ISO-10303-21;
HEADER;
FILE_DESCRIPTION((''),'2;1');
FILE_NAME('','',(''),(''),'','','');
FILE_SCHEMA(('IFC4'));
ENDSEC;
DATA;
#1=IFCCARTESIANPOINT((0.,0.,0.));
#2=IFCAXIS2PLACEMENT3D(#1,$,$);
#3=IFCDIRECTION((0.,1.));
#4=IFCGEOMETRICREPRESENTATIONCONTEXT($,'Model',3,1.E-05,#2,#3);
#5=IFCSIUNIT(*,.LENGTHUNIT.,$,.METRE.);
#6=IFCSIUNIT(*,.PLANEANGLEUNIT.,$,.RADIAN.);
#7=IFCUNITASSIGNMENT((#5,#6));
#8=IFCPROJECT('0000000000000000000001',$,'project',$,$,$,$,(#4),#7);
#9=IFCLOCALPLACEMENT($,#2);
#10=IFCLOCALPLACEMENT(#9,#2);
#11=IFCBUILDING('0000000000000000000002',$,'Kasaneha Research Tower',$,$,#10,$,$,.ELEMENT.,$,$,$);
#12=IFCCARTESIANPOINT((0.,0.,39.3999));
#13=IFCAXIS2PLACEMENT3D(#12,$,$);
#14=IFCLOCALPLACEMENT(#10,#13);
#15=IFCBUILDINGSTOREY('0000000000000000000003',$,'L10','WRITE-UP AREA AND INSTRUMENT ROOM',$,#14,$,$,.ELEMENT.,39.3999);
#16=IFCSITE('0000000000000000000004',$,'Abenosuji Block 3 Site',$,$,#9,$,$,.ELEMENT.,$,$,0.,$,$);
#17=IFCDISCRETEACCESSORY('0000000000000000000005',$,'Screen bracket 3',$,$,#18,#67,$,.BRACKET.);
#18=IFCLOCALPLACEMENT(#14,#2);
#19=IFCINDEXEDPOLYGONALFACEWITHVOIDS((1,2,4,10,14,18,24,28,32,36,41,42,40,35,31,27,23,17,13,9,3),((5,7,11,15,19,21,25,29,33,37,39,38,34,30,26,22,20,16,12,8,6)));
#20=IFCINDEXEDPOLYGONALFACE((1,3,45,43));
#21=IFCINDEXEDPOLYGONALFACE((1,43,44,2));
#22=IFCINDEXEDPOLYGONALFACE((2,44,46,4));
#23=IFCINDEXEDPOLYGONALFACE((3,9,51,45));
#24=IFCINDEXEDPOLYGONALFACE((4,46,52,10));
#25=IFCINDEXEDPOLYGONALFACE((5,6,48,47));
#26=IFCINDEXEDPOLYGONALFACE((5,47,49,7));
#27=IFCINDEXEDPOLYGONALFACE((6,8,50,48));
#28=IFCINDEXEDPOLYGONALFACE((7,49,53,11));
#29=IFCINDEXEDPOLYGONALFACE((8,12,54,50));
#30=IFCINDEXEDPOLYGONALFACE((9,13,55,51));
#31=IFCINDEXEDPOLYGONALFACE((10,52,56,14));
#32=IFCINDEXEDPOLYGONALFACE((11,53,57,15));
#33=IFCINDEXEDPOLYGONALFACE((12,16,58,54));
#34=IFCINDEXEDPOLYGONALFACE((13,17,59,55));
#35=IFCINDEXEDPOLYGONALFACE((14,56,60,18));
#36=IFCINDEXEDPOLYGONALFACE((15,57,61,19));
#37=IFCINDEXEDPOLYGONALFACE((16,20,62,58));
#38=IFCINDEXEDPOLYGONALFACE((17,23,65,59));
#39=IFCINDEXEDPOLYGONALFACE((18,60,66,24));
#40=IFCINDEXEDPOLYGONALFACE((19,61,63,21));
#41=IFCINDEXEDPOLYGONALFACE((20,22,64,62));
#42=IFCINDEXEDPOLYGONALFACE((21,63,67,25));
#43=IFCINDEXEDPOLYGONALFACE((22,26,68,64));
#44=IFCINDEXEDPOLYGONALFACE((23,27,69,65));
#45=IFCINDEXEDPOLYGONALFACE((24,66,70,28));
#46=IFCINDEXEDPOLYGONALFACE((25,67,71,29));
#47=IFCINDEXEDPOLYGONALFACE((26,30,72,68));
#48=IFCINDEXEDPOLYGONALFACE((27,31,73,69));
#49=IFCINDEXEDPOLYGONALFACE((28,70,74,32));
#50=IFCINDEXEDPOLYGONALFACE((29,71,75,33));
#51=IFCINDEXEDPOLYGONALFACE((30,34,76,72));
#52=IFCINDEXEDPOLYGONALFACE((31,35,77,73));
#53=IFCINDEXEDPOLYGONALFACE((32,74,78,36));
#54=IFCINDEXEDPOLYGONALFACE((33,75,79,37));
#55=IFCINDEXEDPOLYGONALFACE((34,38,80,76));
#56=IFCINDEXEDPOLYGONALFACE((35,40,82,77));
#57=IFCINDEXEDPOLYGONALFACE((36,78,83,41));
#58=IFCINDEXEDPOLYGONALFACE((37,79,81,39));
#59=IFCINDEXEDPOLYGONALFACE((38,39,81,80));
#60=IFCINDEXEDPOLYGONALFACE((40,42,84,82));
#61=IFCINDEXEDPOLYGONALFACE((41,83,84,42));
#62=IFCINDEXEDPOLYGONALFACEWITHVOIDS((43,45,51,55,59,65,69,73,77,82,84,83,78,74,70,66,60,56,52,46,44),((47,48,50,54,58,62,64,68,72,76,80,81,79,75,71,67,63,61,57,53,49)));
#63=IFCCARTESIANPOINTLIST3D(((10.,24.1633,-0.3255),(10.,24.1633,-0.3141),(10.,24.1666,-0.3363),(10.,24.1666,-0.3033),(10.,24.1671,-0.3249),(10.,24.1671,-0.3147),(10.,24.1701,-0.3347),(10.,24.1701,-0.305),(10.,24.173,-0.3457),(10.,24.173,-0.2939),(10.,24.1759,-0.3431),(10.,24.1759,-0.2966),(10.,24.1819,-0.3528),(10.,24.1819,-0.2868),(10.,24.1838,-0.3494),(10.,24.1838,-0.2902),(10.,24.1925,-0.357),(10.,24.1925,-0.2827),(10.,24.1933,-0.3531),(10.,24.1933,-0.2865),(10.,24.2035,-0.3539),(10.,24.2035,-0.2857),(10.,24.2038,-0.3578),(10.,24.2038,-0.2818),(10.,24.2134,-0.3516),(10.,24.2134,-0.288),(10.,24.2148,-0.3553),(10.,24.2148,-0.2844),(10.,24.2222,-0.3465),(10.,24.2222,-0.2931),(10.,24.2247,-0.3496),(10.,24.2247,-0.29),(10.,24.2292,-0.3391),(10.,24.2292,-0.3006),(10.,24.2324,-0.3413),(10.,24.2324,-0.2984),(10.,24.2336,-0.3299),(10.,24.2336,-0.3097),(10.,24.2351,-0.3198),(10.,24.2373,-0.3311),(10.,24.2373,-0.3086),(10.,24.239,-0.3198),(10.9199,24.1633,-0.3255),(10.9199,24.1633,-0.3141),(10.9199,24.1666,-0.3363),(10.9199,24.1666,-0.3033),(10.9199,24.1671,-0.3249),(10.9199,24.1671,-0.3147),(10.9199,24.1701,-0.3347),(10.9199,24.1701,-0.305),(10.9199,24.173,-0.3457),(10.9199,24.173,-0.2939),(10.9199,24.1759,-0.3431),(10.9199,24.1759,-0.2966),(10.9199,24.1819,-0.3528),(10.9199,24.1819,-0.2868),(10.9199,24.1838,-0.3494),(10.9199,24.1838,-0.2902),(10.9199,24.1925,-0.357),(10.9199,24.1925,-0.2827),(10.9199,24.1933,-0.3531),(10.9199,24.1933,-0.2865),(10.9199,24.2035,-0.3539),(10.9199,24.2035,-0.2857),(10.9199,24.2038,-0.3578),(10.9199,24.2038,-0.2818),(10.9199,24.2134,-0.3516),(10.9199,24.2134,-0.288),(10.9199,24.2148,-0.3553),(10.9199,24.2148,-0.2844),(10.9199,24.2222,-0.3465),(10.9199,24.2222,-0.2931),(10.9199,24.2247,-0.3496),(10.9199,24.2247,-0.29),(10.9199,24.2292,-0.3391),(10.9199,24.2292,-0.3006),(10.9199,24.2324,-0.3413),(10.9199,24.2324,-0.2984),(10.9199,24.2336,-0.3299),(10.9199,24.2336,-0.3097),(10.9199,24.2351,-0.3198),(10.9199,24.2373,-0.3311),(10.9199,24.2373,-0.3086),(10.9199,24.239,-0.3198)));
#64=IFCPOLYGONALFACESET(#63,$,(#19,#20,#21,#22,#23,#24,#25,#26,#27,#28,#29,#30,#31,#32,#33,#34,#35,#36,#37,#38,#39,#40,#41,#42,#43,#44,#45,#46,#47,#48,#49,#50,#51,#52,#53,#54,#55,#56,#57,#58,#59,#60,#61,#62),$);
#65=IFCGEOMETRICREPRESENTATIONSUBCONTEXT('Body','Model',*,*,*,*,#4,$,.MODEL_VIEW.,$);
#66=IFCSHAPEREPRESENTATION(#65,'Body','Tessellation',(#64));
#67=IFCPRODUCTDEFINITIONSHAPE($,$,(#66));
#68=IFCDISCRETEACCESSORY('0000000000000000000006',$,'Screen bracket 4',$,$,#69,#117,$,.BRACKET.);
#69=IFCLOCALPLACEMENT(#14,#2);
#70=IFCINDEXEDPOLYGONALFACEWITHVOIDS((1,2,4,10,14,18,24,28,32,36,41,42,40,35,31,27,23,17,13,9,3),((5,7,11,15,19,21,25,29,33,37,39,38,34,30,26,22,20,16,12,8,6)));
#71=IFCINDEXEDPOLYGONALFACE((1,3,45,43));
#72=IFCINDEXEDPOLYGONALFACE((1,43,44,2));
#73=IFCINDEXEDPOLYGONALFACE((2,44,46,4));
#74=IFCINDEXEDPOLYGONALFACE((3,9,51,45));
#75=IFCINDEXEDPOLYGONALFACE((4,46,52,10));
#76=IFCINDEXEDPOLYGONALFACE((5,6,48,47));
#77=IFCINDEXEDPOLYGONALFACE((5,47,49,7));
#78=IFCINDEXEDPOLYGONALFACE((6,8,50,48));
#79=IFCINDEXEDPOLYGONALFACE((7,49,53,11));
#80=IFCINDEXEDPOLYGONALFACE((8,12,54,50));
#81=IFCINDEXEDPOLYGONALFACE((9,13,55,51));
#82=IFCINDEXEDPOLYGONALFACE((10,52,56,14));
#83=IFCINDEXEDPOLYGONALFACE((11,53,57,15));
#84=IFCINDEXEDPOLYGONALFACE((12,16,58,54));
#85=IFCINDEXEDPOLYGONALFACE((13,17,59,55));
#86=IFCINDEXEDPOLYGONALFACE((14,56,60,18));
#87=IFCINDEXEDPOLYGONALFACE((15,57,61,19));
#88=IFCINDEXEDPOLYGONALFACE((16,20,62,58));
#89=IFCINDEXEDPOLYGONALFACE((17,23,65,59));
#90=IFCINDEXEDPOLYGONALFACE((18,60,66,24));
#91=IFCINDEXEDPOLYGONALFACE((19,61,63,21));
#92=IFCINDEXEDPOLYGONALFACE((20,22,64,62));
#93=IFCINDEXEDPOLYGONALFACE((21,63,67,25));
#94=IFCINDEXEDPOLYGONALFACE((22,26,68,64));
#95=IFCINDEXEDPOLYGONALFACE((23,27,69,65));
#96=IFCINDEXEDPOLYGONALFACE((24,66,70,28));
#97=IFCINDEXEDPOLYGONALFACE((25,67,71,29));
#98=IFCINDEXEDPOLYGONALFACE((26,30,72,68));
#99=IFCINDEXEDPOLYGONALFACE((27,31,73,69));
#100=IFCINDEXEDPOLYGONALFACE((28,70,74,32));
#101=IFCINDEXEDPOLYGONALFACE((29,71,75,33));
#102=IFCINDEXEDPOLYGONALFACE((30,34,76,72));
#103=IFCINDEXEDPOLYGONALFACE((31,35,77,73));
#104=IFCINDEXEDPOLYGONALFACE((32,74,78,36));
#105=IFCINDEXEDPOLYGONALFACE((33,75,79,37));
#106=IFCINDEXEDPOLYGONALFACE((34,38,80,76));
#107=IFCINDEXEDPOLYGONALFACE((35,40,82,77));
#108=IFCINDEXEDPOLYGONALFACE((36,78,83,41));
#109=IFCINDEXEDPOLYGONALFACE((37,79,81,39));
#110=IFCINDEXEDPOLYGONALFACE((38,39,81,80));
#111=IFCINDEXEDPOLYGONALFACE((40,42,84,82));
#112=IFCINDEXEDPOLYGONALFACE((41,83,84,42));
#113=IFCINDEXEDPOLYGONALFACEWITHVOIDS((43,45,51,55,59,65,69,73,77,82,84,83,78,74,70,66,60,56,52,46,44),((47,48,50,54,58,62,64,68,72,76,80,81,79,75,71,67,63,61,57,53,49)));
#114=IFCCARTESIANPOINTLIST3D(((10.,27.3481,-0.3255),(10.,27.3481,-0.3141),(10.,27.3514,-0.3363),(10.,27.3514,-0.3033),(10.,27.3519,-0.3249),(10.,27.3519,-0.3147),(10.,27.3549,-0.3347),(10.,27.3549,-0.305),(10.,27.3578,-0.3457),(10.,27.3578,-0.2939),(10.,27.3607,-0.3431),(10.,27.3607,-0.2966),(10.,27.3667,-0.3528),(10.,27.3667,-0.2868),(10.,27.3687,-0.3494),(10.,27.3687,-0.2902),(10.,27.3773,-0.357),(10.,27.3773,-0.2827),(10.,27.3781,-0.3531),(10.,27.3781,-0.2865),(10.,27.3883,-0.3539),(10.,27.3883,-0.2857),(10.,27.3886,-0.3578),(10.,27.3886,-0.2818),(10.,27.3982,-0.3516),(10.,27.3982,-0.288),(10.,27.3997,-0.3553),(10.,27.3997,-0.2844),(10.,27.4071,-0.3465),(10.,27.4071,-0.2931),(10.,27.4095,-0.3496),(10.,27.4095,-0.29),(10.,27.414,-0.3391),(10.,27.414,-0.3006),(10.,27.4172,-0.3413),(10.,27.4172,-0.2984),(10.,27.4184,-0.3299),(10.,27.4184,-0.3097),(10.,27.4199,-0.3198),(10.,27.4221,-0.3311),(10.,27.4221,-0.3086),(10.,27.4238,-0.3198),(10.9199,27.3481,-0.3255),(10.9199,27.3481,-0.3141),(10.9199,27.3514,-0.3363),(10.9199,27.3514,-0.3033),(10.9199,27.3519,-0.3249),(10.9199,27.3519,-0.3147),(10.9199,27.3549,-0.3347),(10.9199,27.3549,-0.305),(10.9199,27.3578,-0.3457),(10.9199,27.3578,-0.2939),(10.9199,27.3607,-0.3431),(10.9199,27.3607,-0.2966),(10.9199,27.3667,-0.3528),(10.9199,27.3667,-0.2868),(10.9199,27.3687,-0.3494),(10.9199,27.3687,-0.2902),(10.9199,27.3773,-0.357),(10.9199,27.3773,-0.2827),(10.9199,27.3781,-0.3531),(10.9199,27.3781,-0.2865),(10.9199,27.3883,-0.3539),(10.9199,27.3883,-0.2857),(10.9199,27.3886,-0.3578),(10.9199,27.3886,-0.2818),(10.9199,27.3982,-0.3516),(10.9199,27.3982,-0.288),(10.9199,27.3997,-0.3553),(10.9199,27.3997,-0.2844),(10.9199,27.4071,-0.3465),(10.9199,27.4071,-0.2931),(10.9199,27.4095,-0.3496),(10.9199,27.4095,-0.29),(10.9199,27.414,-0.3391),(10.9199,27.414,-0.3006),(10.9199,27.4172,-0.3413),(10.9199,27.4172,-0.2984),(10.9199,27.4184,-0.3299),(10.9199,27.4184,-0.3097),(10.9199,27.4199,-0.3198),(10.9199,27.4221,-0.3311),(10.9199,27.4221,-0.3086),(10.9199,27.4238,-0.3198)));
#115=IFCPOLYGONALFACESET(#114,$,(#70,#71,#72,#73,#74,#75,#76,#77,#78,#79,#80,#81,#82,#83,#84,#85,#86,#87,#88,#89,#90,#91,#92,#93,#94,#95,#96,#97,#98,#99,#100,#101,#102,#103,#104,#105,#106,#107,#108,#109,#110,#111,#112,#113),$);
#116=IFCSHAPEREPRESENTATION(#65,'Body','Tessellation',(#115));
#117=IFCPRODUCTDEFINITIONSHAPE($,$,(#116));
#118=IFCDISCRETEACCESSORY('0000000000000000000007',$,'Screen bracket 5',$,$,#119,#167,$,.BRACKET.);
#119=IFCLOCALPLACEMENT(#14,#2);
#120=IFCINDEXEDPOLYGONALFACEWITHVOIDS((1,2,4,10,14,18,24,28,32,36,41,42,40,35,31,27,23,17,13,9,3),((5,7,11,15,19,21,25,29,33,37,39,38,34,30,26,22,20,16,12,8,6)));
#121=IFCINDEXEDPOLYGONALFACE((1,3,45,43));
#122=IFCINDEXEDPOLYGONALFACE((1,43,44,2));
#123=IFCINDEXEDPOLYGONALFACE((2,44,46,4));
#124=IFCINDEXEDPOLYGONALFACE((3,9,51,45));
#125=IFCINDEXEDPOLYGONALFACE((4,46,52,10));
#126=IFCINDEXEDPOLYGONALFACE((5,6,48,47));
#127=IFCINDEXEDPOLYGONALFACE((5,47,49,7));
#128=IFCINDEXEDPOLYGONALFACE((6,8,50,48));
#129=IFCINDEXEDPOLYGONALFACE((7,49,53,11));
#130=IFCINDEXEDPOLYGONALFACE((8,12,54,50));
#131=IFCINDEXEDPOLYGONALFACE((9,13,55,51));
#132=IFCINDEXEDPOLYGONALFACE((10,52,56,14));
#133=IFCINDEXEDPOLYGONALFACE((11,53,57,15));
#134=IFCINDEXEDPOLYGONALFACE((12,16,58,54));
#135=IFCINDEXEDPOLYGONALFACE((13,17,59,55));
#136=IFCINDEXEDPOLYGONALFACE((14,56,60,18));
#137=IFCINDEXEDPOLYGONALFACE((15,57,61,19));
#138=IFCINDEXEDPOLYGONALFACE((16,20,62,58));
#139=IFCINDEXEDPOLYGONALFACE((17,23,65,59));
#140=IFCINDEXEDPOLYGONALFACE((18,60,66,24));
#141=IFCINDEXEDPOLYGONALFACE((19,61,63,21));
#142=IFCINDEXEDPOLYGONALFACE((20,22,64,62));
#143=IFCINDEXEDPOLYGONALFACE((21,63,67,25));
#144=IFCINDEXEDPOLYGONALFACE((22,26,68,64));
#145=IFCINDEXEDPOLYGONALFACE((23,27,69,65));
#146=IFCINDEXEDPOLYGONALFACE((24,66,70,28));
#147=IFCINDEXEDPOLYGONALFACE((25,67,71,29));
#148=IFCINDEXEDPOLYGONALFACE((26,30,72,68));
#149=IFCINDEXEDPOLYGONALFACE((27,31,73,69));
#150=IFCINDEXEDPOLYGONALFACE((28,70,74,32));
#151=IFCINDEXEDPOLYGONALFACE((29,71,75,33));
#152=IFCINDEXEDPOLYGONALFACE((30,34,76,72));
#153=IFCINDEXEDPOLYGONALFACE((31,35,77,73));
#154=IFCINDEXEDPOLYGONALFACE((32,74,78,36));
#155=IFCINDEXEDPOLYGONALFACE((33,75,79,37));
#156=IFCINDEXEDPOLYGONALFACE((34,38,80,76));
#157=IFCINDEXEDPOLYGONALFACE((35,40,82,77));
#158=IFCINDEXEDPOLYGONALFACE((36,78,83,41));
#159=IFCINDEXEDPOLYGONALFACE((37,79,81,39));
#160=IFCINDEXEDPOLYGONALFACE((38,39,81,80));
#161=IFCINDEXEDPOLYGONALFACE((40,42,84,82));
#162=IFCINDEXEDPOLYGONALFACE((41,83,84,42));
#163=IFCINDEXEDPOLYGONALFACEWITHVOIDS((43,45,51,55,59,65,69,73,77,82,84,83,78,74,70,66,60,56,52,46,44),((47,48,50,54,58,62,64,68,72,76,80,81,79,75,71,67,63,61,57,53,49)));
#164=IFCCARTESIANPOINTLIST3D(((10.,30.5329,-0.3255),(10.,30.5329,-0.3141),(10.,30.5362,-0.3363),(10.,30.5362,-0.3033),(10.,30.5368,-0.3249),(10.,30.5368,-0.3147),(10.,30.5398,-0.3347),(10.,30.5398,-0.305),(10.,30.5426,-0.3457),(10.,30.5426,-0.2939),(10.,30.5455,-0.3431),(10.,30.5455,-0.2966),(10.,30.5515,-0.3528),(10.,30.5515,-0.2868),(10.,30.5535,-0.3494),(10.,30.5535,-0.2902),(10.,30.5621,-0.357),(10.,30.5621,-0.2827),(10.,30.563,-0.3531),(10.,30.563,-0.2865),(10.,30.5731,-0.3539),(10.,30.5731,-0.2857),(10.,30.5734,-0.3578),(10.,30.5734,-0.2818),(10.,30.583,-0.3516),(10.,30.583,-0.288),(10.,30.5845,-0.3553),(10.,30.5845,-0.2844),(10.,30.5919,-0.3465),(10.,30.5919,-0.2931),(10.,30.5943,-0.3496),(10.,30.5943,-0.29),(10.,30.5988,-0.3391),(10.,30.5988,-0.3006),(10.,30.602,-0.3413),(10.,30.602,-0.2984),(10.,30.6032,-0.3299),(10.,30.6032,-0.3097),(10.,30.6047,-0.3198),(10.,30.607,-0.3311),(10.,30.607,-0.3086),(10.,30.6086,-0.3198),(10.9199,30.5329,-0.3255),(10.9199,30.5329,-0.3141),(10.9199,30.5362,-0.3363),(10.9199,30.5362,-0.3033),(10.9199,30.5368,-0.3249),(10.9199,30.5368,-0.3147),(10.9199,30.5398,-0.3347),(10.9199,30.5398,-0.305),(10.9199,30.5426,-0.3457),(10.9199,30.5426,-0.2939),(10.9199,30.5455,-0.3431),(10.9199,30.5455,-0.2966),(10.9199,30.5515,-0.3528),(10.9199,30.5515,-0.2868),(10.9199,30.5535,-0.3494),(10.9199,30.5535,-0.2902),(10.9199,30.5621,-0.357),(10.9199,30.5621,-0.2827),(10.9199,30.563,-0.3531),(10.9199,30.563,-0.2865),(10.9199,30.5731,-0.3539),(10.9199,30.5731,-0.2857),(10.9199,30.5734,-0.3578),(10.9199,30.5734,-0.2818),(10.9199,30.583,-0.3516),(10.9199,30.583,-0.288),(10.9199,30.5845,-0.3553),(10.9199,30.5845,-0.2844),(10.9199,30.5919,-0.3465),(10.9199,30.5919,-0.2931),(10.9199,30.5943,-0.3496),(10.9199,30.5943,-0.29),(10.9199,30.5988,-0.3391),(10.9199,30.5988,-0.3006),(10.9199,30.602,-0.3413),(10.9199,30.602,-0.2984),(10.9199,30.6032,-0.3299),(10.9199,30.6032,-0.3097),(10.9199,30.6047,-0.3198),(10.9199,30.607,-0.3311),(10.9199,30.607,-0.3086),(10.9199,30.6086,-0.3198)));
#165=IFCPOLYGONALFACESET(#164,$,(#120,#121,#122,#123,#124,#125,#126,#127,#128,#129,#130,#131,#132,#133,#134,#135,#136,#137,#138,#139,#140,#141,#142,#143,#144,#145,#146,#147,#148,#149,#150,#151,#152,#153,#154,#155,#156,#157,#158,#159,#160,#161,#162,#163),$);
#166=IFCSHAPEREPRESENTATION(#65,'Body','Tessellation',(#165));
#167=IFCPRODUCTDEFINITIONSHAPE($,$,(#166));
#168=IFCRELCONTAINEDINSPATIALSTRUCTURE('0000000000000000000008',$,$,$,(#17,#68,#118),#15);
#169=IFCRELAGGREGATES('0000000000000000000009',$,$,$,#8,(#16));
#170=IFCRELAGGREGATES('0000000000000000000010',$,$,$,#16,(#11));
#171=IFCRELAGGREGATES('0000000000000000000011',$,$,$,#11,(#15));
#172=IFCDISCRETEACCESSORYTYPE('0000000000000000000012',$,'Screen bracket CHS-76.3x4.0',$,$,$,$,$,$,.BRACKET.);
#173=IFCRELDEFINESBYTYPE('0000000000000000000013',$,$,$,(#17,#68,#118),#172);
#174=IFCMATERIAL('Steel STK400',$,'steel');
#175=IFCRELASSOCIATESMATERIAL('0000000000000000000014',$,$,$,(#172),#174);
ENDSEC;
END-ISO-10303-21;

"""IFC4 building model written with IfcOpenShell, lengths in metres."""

from ifc_helpers import new_model, si_unit, direction, frame, origin, origin_2d, place, context, subcontext, project, spatial, hollow_circle, extrude, material, material_profile, profile_set, type_object, element, save


model = new_model("IFC4")

# Units and contexts
model_context = context("Model", 3, precision=1e-05, world=origin(), true_north=direction((0.0, 1.0)))
body_context = subcontext(model_context, "Body", "Model", "MODEL_VIEW")
ifc_project = project(units=[si_unit("LENGTHUNIT", "METRE"), si_unit("PLANEANGLEUNIT", "RADIAN")], contexts=[model_context])

# Site, building, storey
site_placement = place(None, origin())
site = spatial("IfcSite", under=ifc_project, at=site_placement, Name="Abenosuji Block 3 Site", CompositionType="ELEMENT", RefElevation=0.0)
building_placement = place(site_placement, origin())
building = spatial("IfcBuilding", under=site, at=building_placement, Name="Kasaneha Research Tower", CompositionType="ELEMENT")
storey_placement = place(building_placement, frame((0.0, 0.0, 39.3999)))
storey = spatial("IfcBuildingStorey", under=building, at=storey_placement, Name="L10", Description="WRITE-UP AREA AND INSTRUMENT ROOM", CompositionType="ELEMENT", Elevation=39.3999)

# Discrete accessories
ifc_material_1 = material(Name="Steel STK400", Category="steel")
ifc_material_profile_1 = material_profile(ifc_material_1, hollow_circle(Radius=0.0381, WallThickness=0.0039, at=origin_2d()), Name="CHS-76.3x4.0")
ifc_profile_set_1 = profile_set([ifc_material_profile_1], Name="Steel STK400")
discrete_accessory_type = type_object("IfcDiscreteAccessoryType", Name="Screen bracket CHS-76.3x4.0", PredefinedType="BRACKET", material=ifc_profile_set_1)
for number, where, z_axis, x_axis, name in (
    (1, (10.0, 24.2009, -0.3198), (1.0, 0.0, 0.0), (0.0, 1.0, 0.0), "Screen bracket 3"),
    (2, (10.0, 27.3857, -0.3198), (1.0, 0.0, 0.0), (0.0, 1.0, 0.0), "Screen bracket 4"),
    (3, (10.0, 30.5706, -0.3198), (1.0, 0.0, 0.0), (0.0, 1.0, 0.0), "Screen bracket 5"),
):
    element("IfcDiscreteAccessory", number, at=place(storey_placement, frame(where, z_axis=z_axis, x_axis=x_axis)), inside=storey, type_object=discrete_accessory_type, Name=name, PredefinedType="BRACKET", context=body_context, shape_type="SweptSolid", body=[
        extrude(hollow_circle(Radius=0.0381, WallThickness=0.0039, at=origin_2d()), origin(), (0.0, 0.0, 1.0), 0.9199),
    ])

save(model, "model.ifc")
